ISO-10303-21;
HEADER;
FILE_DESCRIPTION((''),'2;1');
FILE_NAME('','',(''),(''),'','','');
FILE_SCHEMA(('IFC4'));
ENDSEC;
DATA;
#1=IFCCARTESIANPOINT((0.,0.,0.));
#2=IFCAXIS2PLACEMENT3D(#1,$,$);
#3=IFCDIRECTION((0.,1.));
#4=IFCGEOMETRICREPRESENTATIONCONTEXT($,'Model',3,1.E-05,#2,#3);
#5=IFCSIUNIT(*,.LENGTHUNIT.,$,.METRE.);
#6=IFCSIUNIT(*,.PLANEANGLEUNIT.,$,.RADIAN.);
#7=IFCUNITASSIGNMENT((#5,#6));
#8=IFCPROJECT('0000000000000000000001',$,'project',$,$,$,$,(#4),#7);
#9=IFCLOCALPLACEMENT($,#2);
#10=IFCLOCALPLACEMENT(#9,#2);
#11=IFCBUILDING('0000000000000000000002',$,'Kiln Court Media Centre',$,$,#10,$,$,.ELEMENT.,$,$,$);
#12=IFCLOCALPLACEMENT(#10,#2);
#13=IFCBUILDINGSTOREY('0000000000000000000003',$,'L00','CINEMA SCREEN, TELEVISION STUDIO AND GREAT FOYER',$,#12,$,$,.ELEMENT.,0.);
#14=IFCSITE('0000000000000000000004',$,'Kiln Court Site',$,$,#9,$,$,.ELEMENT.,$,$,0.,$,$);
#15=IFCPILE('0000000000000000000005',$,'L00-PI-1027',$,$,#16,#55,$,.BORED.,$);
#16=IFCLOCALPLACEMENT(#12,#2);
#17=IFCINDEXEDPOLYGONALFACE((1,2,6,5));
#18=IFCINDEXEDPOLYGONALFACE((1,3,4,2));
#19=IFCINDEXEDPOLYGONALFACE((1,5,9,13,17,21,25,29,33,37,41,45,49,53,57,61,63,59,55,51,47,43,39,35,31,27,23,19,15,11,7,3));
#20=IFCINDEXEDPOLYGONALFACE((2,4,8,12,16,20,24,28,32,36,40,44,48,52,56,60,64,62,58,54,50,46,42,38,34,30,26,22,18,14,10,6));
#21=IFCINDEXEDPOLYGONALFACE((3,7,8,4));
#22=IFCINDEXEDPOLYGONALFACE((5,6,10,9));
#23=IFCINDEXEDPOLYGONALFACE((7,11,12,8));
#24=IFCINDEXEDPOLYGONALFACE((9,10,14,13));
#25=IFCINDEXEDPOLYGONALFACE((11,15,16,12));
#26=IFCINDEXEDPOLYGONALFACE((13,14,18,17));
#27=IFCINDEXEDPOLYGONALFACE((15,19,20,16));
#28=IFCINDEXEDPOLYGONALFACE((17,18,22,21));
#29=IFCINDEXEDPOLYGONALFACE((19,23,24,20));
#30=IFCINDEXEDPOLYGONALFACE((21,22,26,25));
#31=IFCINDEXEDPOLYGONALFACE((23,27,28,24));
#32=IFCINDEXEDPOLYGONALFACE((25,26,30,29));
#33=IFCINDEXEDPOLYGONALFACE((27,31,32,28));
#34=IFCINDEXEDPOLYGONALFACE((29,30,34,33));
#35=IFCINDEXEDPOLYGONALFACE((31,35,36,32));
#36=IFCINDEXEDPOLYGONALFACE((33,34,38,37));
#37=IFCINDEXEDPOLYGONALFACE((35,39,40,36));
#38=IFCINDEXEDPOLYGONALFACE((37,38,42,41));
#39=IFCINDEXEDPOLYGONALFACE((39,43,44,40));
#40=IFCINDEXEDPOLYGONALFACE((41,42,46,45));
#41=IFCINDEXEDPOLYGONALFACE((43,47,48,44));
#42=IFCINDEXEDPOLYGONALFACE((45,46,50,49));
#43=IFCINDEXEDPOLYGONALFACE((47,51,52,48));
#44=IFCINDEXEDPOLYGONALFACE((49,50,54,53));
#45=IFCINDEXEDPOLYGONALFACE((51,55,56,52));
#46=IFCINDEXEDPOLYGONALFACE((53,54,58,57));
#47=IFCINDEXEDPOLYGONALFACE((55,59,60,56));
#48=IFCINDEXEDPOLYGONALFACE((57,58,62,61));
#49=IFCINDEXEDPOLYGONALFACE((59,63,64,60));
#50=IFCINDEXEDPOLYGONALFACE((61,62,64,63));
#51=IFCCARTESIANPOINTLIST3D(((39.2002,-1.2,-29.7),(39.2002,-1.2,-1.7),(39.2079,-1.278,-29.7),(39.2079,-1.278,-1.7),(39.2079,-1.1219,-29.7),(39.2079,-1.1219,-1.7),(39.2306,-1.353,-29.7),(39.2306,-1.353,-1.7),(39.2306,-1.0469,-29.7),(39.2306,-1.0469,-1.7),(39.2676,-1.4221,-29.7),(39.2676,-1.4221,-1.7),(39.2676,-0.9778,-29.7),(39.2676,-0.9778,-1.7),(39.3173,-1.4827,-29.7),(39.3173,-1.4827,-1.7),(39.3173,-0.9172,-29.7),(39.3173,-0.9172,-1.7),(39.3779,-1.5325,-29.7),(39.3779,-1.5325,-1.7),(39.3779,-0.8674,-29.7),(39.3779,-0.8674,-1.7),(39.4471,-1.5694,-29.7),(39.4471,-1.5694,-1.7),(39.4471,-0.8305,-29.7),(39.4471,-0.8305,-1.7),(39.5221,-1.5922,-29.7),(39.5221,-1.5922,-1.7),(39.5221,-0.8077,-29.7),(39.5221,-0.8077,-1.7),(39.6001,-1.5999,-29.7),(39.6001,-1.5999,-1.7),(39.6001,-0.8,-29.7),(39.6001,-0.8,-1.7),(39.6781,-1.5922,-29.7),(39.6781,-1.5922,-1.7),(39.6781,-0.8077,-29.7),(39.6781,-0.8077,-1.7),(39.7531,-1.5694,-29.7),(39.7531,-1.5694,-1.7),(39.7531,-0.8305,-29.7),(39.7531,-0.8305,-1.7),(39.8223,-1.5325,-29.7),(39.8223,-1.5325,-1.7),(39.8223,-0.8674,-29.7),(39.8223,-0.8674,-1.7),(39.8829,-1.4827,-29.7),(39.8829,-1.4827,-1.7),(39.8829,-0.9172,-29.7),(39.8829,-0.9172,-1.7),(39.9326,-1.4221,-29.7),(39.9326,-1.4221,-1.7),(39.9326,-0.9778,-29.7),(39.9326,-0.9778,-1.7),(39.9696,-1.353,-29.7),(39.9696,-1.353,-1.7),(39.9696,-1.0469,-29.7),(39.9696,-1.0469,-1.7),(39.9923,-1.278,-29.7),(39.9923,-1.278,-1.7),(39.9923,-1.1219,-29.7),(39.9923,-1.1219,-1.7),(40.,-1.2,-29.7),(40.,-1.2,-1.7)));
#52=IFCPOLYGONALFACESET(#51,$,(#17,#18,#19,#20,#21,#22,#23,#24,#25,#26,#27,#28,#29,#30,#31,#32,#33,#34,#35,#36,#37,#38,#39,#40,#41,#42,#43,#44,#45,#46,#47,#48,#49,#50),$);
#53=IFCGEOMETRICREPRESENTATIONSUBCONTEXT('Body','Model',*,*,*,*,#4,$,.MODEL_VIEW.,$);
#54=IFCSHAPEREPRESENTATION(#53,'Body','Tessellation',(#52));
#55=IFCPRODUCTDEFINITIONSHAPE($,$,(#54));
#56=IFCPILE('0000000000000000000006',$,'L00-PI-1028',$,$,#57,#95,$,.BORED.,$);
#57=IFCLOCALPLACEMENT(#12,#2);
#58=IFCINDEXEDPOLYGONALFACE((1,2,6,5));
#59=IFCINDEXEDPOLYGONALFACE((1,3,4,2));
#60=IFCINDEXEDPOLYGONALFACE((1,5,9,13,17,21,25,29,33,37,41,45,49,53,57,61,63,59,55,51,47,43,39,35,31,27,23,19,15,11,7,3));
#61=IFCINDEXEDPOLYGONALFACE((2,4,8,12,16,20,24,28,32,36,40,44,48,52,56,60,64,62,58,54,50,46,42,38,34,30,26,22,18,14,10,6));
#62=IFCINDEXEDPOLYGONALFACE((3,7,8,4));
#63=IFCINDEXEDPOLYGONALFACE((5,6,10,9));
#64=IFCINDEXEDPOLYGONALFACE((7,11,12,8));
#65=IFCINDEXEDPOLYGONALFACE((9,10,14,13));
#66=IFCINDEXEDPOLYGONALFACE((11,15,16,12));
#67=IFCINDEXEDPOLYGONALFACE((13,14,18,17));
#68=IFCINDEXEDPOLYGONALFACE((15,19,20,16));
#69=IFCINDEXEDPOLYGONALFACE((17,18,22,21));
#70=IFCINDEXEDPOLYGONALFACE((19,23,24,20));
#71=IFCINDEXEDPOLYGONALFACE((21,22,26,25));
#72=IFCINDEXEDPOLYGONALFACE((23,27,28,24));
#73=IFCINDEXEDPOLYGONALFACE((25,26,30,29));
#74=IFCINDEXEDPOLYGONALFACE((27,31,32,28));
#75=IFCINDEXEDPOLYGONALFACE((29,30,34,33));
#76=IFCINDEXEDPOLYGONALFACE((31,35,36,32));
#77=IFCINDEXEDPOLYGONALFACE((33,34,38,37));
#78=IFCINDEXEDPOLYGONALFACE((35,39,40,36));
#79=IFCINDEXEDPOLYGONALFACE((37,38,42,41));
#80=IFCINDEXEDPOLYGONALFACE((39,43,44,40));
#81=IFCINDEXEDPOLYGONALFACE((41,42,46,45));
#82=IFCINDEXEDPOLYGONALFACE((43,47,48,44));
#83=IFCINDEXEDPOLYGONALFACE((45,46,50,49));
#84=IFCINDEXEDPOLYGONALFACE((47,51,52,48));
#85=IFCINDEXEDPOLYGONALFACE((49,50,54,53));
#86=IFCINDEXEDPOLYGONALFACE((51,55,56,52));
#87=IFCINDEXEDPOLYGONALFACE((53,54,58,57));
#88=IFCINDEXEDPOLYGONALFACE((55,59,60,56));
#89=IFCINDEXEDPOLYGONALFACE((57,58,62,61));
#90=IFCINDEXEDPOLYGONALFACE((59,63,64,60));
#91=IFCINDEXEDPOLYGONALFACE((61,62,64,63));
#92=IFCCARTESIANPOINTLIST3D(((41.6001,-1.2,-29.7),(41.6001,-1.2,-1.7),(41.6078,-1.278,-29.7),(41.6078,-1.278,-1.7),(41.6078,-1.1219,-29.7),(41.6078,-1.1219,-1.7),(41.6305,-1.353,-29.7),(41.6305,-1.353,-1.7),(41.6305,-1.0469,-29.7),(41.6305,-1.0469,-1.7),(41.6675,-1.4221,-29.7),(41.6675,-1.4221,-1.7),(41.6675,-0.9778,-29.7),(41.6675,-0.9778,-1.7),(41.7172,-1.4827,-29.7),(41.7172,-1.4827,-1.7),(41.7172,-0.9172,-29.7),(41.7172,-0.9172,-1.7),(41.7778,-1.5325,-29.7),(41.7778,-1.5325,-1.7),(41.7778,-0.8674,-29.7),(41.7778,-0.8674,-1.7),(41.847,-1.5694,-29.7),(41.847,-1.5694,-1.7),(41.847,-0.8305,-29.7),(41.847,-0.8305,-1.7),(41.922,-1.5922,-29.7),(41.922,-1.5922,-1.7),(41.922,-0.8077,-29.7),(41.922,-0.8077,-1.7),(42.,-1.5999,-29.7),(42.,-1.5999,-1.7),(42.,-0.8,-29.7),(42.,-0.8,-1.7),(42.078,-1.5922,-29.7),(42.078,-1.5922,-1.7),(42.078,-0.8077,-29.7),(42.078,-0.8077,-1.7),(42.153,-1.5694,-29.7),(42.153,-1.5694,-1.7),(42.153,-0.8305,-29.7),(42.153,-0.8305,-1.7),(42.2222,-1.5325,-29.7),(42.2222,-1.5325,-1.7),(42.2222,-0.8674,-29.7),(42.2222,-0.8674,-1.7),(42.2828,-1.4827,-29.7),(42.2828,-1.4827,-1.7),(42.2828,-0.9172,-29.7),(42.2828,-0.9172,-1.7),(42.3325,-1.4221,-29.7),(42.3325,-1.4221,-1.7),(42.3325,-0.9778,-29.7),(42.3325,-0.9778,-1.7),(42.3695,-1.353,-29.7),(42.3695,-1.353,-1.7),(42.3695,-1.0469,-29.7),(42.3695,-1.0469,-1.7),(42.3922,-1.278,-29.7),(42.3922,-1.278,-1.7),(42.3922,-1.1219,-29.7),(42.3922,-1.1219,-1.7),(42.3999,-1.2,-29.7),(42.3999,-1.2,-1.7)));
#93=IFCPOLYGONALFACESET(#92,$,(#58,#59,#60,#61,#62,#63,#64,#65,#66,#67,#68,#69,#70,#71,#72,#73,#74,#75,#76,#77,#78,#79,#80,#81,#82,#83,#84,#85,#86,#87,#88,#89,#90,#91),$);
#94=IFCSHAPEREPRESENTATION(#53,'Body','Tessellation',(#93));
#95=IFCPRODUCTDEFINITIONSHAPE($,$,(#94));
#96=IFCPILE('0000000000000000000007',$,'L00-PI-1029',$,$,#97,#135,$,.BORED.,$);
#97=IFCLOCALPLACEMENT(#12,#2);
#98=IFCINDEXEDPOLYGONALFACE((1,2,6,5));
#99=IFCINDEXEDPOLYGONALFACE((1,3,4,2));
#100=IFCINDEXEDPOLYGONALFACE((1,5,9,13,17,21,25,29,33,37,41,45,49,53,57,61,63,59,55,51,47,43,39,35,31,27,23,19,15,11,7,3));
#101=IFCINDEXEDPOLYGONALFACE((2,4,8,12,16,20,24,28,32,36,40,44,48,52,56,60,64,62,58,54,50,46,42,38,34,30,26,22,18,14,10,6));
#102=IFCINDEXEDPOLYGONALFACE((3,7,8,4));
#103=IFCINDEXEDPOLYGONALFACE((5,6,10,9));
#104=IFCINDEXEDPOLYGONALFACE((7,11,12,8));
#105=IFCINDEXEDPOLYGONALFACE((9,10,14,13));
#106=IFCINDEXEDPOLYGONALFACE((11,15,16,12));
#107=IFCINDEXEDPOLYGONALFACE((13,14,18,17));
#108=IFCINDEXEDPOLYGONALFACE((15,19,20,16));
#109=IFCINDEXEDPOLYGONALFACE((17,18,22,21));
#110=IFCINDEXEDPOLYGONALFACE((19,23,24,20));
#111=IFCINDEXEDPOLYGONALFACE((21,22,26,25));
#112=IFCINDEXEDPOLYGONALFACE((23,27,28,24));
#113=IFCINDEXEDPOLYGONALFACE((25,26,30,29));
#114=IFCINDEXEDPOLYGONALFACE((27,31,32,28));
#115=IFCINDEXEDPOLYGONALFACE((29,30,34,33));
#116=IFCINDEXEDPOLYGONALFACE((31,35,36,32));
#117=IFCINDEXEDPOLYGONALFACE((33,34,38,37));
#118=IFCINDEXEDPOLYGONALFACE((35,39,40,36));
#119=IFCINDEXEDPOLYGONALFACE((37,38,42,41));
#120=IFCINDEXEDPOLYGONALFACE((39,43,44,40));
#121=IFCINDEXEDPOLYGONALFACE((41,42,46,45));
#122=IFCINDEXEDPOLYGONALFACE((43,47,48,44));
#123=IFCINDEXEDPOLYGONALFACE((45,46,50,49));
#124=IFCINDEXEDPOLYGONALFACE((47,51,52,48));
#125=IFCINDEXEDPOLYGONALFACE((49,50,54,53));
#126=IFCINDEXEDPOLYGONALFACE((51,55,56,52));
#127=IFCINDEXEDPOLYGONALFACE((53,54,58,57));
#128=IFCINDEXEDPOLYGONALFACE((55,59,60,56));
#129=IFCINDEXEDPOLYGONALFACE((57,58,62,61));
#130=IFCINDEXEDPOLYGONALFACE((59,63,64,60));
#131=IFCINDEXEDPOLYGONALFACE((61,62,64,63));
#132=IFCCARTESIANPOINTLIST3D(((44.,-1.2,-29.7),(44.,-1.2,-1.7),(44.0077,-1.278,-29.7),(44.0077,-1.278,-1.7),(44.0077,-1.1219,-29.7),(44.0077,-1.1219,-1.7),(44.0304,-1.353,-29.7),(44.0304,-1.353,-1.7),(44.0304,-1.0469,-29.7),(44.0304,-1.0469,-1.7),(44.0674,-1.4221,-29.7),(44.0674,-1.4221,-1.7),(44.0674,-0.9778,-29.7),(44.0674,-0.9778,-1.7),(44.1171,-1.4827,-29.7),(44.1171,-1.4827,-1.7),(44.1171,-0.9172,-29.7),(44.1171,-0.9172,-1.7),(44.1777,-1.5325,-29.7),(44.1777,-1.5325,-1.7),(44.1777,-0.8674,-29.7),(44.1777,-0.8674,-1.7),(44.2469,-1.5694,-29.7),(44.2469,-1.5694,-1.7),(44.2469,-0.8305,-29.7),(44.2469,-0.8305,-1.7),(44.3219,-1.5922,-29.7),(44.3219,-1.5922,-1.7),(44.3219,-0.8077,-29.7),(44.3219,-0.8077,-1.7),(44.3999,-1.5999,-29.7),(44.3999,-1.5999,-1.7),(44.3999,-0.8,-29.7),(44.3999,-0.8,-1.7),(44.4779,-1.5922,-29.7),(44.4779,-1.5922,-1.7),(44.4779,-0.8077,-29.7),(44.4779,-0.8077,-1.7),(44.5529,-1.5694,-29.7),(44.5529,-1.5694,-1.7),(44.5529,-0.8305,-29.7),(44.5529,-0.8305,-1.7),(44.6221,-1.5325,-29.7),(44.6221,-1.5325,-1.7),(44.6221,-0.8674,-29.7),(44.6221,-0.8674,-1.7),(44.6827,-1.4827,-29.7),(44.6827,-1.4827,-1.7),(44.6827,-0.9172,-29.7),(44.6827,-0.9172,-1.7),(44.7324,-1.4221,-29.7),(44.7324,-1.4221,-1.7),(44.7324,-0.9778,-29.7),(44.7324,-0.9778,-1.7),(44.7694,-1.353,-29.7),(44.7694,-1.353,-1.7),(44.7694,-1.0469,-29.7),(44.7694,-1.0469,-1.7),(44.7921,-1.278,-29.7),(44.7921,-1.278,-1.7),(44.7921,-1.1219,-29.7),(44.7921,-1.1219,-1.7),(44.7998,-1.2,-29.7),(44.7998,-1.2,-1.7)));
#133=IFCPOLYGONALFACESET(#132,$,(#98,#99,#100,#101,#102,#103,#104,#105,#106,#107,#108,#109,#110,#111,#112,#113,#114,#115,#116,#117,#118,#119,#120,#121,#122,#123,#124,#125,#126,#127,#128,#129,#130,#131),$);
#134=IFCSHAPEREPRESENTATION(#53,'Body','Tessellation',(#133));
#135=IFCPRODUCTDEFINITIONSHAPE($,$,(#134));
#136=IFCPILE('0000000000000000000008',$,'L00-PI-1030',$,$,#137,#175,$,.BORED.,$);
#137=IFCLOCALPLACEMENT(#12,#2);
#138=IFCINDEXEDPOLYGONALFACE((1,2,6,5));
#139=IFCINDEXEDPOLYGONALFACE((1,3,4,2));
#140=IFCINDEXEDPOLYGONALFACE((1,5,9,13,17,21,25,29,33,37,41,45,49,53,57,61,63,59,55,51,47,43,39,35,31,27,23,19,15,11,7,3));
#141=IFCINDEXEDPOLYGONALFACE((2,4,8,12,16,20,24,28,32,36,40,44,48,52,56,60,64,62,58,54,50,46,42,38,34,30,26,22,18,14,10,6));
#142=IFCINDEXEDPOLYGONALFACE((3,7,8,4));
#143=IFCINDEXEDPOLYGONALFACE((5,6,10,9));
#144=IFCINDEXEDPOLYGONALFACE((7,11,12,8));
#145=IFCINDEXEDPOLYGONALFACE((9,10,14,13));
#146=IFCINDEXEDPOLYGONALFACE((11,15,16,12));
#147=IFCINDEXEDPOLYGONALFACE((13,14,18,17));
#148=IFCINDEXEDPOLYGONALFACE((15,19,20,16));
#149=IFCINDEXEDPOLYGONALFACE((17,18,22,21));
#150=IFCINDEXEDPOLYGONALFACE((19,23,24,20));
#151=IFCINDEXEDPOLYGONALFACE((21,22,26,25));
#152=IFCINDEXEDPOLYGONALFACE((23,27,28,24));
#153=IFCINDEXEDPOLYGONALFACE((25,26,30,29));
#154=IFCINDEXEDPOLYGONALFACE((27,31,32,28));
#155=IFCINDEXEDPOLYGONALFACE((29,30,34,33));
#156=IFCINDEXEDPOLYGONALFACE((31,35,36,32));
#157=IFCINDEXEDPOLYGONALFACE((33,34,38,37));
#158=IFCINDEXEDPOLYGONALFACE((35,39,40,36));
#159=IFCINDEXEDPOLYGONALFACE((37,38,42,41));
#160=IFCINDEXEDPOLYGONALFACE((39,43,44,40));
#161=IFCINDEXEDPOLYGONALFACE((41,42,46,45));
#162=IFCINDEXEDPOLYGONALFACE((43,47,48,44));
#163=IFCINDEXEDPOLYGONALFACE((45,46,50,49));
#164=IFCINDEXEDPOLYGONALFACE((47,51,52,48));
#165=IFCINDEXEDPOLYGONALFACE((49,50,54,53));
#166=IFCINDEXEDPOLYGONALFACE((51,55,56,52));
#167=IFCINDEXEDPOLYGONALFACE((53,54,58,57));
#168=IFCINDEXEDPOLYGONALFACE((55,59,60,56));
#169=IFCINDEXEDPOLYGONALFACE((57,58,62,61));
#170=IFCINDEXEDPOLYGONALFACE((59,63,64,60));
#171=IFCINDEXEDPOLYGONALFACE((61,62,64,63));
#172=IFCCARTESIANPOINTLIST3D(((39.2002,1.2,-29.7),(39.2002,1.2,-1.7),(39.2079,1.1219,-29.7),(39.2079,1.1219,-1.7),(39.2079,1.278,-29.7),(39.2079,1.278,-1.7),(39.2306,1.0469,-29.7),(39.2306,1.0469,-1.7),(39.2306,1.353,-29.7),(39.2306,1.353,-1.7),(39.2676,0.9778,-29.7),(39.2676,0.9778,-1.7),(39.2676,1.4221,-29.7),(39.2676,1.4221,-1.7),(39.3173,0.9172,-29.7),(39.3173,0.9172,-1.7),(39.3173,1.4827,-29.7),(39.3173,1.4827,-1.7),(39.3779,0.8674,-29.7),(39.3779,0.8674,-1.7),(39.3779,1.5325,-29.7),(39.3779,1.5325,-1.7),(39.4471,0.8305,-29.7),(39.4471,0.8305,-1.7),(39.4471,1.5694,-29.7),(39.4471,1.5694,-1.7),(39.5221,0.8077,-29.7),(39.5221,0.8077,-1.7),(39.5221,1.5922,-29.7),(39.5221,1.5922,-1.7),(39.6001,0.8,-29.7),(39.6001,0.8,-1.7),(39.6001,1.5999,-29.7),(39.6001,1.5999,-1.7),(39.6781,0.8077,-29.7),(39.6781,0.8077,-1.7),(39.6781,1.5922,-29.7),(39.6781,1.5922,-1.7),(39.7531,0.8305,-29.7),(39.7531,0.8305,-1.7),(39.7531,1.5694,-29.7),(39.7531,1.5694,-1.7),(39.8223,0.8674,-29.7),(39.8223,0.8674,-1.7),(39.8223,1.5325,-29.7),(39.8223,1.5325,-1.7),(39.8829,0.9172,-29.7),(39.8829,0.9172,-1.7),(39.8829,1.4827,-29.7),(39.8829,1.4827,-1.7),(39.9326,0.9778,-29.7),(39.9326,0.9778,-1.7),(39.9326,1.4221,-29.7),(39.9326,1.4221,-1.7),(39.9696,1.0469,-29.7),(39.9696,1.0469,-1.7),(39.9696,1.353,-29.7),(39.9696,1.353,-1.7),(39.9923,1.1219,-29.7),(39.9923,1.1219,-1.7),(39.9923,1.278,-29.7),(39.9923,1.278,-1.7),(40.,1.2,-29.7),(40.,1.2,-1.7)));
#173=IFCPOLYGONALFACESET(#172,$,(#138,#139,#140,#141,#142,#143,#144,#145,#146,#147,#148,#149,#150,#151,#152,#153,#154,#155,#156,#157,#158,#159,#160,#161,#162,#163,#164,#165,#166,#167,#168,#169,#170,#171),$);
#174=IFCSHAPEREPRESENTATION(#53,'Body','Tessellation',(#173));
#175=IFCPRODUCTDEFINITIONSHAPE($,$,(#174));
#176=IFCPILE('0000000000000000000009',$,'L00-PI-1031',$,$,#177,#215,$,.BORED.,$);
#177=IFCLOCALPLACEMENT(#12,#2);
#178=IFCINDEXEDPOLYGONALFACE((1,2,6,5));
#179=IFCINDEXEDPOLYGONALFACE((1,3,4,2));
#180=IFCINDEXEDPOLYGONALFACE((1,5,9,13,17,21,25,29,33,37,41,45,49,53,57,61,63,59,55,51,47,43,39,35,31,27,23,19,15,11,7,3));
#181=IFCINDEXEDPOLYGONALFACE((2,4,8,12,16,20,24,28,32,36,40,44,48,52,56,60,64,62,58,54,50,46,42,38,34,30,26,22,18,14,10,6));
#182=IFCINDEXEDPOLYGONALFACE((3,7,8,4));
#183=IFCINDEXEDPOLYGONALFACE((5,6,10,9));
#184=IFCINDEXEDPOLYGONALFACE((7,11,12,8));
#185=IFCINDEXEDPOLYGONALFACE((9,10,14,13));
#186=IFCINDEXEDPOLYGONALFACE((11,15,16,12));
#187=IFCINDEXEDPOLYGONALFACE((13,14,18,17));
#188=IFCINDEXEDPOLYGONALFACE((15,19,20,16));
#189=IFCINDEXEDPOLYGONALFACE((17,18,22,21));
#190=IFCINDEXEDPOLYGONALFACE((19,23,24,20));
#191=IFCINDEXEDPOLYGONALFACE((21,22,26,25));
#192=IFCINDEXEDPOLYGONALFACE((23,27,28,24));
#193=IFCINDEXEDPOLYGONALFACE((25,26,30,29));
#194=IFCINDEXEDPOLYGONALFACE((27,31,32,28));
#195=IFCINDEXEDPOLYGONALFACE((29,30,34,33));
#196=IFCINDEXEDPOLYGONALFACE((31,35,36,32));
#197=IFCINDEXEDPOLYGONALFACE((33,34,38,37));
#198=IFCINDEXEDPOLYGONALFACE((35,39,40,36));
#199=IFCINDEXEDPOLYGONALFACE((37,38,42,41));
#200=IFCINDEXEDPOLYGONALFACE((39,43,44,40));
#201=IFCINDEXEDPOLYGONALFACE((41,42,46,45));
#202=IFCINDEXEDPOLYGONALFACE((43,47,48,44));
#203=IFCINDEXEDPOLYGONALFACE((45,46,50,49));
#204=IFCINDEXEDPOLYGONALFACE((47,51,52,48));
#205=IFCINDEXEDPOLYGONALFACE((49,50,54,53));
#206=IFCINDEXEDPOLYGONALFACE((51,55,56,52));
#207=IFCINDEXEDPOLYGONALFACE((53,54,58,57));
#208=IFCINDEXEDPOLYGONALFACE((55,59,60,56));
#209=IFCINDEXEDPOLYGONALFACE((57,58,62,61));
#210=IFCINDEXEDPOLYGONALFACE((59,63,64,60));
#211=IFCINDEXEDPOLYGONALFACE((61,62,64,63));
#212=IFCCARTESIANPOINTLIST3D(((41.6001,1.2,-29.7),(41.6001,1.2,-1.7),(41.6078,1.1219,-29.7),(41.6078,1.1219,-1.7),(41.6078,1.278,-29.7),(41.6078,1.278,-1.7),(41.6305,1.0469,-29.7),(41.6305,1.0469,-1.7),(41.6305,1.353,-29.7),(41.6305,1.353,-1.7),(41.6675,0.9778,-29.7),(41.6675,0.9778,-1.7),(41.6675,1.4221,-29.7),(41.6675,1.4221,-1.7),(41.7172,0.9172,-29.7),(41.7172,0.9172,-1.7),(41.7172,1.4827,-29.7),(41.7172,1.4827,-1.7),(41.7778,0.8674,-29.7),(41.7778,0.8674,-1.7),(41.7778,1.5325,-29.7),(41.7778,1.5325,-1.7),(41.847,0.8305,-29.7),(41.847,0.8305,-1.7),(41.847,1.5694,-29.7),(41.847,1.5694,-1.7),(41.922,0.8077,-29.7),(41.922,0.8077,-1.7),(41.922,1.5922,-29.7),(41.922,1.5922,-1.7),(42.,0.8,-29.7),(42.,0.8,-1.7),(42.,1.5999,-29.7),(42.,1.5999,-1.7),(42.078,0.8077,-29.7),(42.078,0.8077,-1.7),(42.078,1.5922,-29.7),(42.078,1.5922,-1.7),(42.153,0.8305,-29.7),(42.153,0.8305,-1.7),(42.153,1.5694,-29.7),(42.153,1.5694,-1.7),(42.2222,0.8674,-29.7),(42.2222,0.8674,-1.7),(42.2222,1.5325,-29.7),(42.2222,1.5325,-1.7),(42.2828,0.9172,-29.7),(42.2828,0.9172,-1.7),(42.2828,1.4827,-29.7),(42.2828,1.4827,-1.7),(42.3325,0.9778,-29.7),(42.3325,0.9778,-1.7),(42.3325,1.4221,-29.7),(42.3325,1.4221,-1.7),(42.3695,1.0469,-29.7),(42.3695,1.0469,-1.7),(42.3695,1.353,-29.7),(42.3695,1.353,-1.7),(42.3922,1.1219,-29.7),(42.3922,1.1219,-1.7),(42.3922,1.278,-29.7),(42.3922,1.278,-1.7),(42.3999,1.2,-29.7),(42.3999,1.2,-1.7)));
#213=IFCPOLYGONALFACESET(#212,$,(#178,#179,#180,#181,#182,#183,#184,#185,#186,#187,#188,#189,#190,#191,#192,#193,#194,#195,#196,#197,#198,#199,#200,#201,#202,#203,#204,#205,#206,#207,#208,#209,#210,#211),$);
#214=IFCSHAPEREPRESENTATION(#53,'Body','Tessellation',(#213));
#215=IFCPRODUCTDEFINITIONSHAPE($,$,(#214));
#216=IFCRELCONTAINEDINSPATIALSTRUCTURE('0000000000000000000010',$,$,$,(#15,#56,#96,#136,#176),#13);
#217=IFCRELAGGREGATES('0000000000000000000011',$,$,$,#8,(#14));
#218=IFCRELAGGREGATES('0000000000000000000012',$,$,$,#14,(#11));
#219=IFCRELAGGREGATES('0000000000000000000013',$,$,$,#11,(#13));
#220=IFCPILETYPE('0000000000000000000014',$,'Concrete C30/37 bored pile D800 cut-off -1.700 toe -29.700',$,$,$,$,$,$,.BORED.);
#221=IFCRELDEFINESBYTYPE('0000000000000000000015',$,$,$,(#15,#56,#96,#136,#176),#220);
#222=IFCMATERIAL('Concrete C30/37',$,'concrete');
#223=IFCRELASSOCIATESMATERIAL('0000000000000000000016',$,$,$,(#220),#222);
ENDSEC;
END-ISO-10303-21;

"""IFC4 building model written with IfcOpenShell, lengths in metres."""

from ifc_helpers import new_model, si_unit, direction, frame, origin, origin_2d, place, context, subcontext, project, spatial, circle, extrude, material, material_profile, profile_set, type_object, element, save


model = new_model("IFC4")

# Units and contexts
model_context = context("Model", 3, precision=1e-05, world=origin(), true_north=direction((0.0, 1.0)))
body_context = subcontext(model_context, "Body", "Model", "MODEL_VIEW")
ifc_project = project(units=[si_unit("LENGTHUNIT", "METRE"), si_unit("PLANEANGLEUNIT", "RADIAN")], contexts=[model_context])

# Site, building, storey
site_placement = place(None, origin())
site = spatial("IfcSite", under=ifc_project, at=site_placement, Name="Kiln Court Site", CompositionType="ELEMENT", RefElevation=0.0)
building_placement = place(site_placement, origin())
building = spatial("IfcBuilding", under=site, at=building_placement, Name="Kiln Court Media Centre", CompositionType="ELEMENT")
storey_placement = place(building_placement, origin())
storey = spatial("IfcBuildingStorey", under=building, at=storey_placement, Name="L00", Description="CINEMA SCREEN, TELEVISION STUDIO AND GREAT FOYER", CompositionType="ELEMENT", Elevation=0.0)

# Piles
ifc_material_1 = material(Name="Concrete C30/37", Category="concrete")
ifc_material_profile_1 = material_profile(ifc_material_1, circle(Radius=0.3999, at=origin_2d()), Name="PILE D800")
ifc_profile_set_1 = profile_set([ifc_material_profile_1], Name="Concrete C30/37")
pile_type = type_object("IfcPileType", Name="Concrete C30/37 bored pile D800 cut-off -1.700 toe -29.700", PredefinedType="BORED", material=ifc_profile_set_1)
for number, where, z_axis, x_axis, name in (
    (1, (39.6001, -1.2, -1.7), (0.0, 0.0, -1.0), (1.0, 0.0, 0.0), "L00-PI-1027"),
    (2, (42.0, -1.2, -1.7), (0.0, 0.0, -1.0), (1.0, 0.0, 0.0), "L00-PI-1028"),
    (3, (44.3999, -1.2, -1.7), (0.0, 0.0, -1.0), (1.0, 0.0, 0.0), "L00-PI-1029"),
    (4, (39.6001, 1.2, -1.7), (0.0, 0.0, -1.0), (1.0, 0.0, 0.0), "L00-PI-1030"),
    (5, (42.0, 1.2, -1.7), (0.0, 0.0, -1.0), (1.0, 0.0, 0.0), "L00-PI-1031"),
):
    element("IfcPile", number, at=place(storey_placement, frame(where, z_axis=z_axis, x_axis=x_axis)), inside=storey, type_object=pile_type, Name=name, PredefinedType="BORED", context=body_context, shape_type="SweptSolid", body=[
        extrude(circle(Radius=0.3999, at=origin_2d()), origin(), (0.0, 0.0, 1.0), 28.0),
    ])

save(model, "model.ifc")
